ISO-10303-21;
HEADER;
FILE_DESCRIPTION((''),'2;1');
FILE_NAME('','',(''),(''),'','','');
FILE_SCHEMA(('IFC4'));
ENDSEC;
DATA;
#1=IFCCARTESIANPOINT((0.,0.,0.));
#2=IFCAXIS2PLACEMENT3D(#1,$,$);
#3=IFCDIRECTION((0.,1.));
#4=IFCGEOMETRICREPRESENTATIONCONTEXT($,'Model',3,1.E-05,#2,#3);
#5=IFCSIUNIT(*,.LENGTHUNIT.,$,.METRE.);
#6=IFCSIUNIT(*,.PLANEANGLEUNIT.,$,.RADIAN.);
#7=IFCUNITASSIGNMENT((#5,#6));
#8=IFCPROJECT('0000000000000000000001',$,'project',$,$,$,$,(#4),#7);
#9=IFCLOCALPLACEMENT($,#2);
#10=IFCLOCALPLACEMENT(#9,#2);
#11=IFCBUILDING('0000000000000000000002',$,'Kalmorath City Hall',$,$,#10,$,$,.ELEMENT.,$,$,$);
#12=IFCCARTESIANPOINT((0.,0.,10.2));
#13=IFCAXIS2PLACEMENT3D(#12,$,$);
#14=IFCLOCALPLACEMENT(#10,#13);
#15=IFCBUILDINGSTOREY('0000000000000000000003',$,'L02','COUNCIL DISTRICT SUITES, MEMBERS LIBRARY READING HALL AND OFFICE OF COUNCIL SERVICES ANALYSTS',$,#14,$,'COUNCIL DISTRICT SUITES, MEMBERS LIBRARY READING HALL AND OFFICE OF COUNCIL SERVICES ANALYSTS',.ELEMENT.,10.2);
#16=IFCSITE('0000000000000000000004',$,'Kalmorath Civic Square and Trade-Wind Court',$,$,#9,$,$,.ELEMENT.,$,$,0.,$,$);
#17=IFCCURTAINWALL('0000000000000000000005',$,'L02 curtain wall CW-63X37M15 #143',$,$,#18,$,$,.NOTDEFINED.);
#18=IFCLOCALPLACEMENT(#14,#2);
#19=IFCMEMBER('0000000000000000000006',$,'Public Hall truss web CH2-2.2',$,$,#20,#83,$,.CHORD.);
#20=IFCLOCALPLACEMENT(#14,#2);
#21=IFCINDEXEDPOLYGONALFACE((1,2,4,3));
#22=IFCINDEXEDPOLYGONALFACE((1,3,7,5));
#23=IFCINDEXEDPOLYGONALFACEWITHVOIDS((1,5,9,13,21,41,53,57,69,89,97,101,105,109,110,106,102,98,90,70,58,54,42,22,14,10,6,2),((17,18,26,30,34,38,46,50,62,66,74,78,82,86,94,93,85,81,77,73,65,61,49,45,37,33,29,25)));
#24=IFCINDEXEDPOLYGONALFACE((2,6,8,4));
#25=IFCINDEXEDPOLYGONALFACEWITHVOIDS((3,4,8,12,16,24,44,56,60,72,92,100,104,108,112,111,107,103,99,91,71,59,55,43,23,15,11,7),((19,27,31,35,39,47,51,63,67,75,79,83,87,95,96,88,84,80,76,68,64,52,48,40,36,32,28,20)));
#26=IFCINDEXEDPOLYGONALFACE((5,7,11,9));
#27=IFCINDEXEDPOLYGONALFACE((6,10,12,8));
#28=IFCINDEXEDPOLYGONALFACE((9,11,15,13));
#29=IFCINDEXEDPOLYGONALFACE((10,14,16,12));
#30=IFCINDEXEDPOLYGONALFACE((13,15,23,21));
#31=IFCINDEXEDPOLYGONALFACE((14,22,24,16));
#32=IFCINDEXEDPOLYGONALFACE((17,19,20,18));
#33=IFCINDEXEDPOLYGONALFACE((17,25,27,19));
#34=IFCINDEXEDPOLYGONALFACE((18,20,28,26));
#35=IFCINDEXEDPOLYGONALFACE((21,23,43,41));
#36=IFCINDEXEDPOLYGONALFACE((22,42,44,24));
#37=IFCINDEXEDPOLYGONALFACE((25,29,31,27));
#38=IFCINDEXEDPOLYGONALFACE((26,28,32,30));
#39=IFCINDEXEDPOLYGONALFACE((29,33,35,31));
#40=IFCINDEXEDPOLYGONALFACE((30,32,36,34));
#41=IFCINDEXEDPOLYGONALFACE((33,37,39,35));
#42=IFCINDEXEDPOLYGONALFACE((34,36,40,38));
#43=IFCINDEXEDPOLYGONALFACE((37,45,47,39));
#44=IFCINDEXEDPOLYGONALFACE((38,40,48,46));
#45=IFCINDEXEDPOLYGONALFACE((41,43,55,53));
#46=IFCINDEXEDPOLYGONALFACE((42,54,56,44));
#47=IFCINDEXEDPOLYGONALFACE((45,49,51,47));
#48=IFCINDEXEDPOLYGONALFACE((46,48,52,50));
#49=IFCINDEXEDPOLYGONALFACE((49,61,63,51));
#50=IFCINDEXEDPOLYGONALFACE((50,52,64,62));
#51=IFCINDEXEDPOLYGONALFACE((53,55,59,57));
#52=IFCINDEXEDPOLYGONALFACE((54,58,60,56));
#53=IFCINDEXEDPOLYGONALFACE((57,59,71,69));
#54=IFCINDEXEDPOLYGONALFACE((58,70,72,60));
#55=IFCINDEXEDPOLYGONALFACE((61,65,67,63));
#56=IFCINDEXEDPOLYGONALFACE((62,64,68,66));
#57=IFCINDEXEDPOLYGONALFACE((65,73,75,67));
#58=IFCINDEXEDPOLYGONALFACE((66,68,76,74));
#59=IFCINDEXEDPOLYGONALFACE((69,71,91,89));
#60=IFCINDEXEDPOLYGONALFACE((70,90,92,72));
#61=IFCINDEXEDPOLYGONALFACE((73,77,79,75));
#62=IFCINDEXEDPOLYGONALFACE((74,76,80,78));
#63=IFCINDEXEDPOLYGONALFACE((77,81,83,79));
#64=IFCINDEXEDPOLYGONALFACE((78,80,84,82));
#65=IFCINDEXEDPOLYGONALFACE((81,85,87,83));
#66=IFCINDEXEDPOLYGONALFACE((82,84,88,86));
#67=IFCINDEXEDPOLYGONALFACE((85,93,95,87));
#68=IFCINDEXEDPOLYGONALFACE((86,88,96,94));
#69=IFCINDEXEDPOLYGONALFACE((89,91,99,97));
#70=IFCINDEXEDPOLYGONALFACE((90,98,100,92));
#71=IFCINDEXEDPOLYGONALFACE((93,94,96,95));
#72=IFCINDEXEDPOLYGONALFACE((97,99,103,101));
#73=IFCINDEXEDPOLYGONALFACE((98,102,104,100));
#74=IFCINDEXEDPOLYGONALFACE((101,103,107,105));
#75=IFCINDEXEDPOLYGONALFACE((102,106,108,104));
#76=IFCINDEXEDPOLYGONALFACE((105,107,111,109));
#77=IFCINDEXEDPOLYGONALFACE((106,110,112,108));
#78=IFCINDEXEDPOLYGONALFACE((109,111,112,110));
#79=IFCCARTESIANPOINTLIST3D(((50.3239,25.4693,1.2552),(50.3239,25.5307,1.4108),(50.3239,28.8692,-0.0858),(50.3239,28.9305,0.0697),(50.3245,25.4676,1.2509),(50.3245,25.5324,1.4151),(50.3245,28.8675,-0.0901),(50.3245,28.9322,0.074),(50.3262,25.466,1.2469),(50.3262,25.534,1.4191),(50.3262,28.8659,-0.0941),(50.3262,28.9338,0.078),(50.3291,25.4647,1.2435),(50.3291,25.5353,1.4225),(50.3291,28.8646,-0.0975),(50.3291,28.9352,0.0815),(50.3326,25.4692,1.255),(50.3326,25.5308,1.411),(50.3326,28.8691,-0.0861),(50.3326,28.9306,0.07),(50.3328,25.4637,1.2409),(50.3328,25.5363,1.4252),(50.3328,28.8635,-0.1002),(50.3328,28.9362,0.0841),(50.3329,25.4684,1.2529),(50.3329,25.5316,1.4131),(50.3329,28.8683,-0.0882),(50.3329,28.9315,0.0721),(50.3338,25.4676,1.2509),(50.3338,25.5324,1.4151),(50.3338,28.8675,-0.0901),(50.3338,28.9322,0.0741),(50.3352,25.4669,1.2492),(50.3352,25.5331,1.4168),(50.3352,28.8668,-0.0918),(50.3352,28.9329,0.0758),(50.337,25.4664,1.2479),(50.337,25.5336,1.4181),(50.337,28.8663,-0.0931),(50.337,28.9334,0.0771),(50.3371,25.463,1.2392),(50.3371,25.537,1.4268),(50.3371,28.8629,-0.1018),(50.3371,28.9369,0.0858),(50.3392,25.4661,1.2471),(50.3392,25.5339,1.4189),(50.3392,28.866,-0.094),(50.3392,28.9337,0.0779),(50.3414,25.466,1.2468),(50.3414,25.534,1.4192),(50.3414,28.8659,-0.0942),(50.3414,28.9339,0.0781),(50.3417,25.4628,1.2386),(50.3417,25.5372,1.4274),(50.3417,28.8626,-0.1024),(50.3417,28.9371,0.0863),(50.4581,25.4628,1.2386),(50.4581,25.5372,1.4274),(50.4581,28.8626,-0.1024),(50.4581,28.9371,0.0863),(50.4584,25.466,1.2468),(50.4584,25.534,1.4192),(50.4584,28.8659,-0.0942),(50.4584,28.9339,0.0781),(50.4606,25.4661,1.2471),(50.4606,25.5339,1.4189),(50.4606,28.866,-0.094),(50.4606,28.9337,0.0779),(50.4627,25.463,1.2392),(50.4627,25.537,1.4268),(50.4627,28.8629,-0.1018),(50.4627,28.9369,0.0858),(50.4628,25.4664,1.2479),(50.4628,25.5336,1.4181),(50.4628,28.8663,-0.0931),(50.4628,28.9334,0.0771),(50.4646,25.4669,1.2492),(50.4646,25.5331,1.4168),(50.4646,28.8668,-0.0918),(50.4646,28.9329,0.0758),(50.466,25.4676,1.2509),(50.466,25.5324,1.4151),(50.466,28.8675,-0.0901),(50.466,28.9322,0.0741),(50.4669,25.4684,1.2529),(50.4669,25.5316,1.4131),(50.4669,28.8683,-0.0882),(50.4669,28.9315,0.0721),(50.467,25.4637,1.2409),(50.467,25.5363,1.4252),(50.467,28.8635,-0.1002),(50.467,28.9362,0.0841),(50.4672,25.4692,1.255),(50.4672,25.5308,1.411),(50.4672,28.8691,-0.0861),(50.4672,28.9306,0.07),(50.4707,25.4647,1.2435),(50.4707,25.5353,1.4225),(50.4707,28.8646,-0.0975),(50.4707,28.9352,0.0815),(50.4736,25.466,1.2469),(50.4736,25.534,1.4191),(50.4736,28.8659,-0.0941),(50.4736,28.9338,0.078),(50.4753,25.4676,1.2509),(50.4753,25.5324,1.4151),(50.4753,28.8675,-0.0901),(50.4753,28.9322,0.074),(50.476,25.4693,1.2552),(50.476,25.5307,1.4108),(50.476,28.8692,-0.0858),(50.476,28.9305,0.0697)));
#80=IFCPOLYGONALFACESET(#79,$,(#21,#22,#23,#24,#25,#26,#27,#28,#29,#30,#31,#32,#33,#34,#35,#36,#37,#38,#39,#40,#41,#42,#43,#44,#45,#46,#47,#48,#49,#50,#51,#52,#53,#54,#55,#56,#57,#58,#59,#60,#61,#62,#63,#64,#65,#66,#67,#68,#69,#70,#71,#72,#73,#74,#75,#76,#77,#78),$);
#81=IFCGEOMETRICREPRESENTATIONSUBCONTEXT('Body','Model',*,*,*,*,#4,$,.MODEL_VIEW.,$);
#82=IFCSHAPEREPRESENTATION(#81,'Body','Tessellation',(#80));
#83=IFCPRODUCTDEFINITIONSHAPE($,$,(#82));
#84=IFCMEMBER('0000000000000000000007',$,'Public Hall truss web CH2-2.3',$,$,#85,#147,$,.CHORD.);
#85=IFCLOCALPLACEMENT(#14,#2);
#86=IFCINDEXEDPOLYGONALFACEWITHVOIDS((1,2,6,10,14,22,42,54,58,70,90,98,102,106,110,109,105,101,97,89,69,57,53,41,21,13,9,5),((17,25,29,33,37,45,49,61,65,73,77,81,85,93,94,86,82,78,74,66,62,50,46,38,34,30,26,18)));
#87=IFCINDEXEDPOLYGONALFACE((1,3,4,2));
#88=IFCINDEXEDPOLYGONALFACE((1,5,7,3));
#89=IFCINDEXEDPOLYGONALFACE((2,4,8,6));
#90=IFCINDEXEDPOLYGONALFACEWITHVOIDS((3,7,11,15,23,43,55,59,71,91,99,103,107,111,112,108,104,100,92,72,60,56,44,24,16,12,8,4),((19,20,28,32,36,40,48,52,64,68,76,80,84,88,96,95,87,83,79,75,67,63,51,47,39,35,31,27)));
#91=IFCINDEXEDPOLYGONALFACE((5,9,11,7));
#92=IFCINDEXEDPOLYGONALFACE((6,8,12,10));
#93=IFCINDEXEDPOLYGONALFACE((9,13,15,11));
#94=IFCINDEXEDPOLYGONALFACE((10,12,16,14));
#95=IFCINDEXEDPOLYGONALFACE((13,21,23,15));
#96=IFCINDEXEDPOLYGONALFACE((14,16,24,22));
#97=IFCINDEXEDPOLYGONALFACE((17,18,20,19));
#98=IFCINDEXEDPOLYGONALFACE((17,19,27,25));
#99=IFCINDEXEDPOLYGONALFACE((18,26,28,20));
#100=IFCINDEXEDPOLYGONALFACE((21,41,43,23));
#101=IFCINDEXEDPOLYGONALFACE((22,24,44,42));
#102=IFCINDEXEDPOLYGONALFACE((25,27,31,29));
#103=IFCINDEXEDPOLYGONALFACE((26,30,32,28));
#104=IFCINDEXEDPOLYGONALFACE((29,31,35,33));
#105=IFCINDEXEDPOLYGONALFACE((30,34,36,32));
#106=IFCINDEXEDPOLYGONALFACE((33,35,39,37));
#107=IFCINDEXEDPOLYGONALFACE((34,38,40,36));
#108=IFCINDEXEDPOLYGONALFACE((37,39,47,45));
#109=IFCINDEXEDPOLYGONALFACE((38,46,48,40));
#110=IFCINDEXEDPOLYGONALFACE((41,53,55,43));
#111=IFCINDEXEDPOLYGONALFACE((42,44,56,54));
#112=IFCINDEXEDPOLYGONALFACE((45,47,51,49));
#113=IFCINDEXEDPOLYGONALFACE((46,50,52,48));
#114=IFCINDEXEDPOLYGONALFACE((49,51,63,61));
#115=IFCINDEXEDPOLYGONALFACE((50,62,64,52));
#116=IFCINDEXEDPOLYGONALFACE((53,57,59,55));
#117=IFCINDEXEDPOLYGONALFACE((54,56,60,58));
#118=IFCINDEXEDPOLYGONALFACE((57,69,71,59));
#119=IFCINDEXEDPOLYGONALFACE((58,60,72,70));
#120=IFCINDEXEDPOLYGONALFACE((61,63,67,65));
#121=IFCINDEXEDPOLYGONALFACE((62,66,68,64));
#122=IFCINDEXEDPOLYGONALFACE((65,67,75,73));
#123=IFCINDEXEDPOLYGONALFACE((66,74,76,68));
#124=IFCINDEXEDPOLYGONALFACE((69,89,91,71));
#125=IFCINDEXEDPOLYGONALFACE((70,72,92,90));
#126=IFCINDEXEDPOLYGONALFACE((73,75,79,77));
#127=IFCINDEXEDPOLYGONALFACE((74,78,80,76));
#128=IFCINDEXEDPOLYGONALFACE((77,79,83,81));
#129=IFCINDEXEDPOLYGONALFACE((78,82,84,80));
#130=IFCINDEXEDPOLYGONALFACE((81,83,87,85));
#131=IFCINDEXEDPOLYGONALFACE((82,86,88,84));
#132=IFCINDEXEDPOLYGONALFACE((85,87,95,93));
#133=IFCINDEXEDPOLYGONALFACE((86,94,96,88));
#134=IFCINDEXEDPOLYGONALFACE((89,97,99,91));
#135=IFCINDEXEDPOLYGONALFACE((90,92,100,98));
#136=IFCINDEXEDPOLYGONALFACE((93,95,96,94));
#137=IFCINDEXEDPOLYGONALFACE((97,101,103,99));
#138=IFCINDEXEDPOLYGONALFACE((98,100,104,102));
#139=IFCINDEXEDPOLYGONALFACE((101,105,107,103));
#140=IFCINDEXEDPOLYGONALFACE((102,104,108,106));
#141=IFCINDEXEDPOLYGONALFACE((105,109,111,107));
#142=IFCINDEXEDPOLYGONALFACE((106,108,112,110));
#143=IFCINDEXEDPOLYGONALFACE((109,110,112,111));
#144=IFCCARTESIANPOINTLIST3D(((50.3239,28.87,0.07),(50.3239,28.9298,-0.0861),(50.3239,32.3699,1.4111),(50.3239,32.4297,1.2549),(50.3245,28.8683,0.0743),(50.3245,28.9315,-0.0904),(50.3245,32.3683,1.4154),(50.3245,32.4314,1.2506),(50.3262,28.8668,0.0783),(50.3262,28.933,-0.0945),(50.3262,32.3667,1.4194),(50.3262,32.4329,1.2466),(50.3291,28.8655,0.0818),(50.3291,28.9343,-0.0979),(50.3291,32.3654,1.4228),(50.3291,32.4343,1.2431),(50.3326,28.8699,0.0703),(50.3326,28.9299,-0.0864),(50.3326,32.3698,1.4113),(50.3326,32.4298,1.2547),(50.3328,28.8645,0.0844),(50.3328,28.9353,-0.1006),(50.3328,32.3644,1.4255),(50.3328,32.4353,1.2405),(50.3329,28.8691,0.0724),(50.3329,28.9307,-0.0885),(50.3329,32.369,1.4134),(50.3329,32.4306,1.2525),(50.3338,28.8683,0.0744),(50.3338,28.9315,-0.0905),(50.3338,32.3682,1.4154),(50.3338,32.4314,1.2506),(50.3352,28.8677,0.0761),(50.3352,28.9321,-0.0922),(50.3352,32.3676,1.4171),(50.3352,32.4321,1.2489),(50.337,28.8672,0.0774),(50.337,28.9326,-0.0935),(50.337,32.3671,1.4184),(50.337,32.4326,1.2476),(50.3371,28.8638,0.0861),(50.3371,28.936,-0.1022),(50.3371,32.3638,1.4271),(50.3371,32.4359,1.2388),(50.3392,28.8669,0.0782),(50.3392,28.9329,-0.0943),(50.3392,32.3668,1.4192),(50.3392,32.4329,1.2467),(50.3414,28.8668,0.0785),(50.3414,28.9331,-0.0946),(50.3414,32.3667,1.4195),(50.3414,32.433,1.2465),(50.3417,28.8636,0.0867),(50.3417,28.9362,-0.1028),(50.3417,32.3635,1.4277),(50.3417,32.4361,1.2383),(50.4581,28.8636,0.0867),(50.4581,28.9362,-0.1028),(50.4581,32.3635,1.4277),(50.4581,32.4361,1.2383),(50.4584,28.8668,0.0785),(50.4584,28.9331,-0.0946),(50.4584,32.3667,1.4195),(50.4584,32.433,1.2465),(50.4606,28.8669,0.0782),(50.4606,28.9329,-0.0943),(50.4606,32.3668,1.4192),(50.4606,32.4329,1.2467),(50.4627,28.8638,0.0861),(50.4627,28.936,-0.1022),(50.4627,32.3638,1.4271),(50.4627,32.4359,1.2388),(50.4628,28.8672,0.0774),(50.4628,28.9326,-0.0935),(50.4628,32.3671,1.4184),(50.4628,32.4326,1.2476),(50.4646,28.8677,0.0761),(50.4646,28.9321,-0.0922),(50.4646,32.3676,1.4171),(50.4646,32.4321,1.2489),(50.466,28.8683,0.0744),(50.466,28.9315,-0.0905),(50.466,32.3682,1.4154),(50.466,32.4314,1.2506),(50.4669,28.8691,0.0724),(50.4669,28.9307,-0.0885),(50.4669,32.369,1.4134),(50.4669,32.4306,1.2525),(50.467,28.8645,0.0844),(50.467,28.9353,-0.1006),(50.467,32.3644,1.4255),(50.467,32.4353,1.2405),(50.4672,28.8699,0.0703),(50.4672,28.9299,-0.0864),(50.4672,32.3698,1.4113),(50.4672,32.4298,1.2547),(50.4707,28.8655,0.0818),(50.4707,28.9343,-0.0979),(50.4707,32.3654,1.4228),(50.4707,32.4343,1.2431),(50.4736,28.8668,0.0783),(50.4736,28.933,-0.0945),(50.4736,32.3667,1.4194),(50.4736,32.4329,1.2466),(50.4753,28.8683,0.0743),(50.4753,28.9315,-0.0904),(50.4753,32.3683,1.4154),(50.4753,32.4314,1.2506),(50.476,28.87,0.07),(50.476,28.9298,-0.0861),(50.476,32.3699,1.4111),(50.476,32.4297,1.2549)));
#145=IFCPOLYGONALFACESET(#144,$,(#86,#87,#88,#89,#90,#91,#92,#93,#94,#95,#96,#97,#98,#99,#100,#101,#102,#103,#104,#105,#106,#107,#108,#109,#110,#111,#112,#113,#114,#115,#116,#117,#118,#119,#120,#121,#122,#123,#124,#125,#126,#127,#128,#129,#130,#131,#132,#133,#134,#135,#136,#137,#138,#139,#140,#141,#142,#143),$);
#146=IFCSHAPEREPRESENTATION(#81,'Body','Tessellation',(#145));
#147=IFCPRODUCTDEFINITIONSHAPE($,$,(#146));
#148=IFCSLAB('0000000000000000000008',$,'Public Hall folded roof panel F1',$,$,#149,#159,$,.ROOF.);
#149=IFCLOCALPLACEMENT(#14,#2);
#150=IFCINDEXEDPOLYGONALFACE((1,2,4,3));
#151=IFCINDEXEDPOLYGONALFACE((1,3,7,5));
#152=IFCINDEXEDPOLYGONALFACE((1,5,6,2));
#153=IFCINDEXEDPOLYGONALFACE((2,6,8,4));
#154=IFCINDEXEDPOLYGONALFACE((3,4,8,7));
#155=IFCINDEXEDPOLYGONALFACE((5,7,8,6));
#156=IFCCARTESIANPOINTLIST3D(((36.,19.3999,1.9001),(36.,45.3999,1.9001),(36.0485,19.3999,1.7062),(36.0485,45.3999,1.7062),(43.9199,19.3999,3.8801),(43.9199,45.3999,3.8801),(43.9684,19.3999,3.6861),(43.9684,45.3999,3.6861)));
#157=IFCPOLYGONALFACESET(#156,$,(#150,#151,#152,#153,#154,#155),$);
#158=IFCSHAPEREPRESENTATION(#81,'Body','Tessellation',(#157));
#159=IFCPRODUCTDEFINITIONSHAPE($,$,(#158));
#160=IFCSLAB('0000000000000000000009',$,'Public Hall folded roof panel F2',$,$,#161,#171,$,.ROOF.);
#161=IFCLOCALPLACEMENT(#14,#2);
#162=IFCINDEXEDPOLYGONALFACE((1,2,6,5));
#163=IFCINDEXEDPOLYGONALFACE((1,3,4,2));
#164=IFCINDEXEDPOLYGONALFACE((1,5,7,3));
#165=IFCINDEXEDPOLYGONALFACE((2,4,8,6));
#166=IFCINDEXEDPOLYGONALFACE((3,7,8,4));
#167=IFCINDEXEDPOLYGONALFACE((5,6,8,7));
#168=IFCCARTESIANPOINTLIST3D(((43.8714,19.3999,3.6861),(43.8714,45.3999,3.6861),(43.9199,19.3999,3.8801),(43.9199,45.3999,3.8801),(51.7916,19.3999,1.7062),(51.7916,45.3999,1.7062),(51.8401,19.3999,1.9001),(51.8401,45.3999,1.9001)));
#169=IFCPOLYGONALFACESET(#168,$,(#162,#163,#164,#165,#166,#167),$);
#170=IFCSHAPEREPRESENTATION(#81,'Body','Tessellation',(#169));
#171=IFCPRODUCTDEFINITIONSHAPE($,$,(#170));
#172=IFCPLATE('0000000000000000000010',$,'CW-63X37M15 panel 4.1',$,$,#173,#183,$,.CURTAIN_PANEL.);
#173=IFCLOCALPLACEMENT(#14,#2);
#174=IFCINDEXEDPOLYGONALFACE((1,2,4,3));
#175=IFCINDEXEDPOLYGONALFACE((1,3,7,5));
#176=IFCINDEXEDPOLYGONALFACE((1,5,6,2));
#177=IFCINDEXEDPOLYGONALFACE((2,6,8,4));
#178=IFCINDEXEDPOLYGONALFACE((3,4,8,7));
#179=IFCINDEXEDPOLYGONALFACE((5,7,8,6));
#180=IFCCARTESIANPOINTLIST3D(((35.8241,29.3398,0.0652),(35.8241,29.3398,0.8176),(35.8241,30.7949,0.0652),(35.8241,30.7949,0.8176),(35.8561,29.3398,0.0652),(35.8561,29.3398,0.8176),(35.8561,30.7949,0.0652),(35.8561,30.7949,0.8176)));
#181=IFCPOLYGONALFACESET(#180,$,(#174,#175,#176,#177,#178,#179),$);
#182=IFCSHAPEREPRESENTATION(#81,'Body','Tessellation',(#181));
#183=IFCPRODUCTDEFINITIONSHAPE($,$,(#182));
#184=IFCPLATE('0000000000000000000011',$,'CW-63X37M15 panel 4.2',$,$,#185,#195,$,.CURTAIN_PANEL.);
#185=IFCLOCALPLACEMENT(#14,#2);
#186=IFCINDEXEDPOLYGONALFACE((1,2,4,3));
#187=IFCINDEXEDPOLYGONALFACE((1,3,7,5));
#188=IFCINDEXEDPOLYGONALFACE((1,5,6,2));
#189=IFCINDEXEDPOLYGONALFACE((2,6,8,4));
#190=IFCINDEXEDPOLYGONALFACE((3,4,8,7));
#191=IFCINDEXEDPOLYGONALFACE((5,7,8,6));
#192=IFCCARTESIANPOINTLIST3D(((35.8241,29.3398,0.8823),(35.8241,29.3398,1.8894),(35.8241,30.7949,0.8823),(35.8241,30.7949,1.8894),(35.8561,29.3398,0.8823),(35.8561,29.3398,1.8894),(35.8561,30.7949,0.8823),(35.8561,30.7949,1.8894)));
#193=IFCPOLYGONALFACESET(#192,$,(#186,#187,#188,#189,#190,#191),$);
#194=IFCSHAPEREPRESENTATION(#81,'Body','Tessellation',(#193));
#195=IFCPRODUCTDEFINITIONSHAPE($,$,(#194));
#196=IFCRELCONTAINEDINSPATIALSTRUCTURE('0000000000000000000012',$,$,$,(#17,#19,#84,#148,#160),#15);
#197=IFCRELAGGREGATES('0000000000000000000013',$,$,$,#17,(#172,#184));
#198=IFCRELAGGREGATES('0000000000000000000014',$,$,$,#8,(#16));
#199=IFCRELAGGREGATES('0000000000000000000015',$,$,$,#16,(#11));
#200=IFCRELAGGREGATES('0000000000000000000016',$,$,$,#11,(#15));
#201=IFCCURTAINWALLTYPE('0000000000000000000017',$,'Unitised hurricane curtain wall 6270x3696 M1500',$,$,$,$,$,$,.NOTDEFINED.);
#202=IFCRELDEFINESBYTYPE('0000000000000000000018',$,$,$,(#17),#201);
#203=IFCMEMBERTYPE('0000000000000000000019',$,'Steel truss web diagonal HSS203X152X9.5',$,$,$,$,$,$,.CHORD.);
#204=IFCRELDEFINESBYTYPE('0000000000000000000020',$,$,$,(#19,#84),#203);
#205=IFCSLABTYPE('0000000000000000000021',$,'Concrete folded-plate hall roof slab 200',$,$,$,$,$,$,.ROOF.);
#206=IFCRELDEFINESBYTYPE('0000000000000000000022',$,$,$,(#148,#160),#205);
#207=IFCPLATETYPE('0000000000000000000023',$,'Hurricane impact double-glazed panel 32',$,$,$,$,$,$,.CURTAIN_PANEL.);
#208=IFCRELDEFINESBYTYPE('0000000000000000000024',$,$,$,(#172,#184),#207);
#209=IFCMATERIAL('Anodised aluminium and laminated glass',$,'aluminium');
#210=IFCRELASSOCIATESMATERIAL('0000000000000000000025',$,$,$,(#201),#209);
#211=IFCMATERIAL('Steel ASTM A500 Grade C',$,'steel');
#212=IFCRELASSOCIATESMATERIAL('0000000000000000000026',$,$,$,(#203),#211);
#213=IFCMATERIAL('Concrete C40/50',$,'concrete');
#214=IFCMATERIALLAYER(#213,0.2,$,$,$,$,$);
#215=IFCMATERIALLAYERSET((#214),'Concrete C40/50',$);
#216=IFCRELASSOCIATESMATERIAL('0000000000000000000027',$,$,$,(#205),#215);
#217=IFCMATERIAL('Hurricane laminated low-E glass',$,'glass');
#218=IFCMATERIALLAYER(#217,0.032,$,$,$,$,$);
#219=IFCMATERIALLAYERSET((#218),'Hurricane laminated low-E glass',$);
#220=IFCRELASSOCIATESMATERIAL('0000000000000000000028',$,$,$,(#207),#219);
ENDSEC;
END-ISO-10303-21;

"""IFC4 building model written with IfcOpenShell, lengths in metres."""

from ifc_helpers import new_model, si_unit, direction, frame, origin, origin_2d, place, context, subcontext, project, spatial, polyline, rectangle, hollow_rectangle, outline, extrude, material, layer, layer_set, material_profile, profile_set, type_object, element, aggregate, save


model = new_model("IFC4")

# Units and contexts
model_context = context("Model", 3, precision=1e-05, world=origin(), true_north=direction((0.0, 1.0)))
body_context = subcontext(model_context, "Body", "Model", "MODEL_VIEW")
ifc_project = project(units=[si_unit("LENGTHUNIT", "METRE"), si_unit("PLANEANGLEUNIT", "RADIAN")], contexts=[model_context])

# Site, building, storey
site_placement = place(None, origin())
site = spatial("IfcSite", under=ifc_project, at=site_placement, Name="Kalmorath Civic Square and Trade-Wind Court", CompositionType="ELEMENT", RefElevation=0.0)
building_placement = place(site_placement, origin())
building = spatial("IfcBuilding", under=site, at=building_placement, Name="Kalmorath City Hall", CompositionType="ELEMENT")
storey_placement = place(building_placement, frame((0.0, 0.0, 10.2)))
storey = spatial("IfcBuildingStorey", under=building, at=storey_placement, Name="L02", Description="COUNCIL DISTRICT SUITES, MEMBERS LIBRARY READING HALL AND OFFICE OF COUNCIL SERVICES ANALYSTS", LongName="COUNCIL DISTRICT SUITES, MEMBERS LIBRARY READING HALL AND OFFICE OF COUNCIL SERVICES ANALYSTS", CompositionType="ELEMENT", Elevation=10.2)

# Curtain wall
ifc_material_1 = material(Name="Anodised aluminium and laminated glass", Category="aluminium")
curtain_wall_type_1 = type_object("IfcCurtainWallType", Name="Unitised hurricane curtain wall 6270x3696 M1500", PredefinedType="NOTDEFINED", material=ifc_material_1)
curtain_wall_1_placement = place(storey_placement, origin())
curtain_wall_1 = element("IfcCurtainWall", 1, at=curtain_wall_1_placement, inside=storey, type_object=curtain_wall_type_1, Name="L02 curtain wall CW-63X37M15 #143", PredefinedType="NOTDEFINED")

# Members
ifc_material_2 = material(Name="Steel ASTM A500 Grade C", Category="steel")
ifc_material_profile_1 = material_profile(ifc_material_2, hollow_rectangle(XDim=0.1521, YDim=0.2029, WallThickness=0.0088, InnerFilletRadius=0.0088, OuterFilletRadius=0.0178, at=origin_2d()), Name="HSS203X152X9.5")
ifc_profile_set_1 = profile_set([ifc_material_profile_1], Name="Steel ASTM A500 Grade C")
member_type_1 = type_object("IfcMemberType", Name="Steel truss web diagonal HSS203X152X9.5", PredefinedType="CHORD", material=ifc_profile_set_1)
member_1_placement = place(storey_placement, frame((50.3999, 25.5, 1.333), z_axis=(0.0, 0.930249, -0.366929), x_axis=(-1.0, 0.0, 0.0)))
element("IfcMember", 2, at=member_1_placement, inside=storey, type_object=member_type_1, Name="Public Hall truss web CH2-2.2", PredefinedType="CHORD", context=body_context, shape_type="SweptSolid", body=[
    extrude(hollow_rectangle(XDim=0.1521, YDim=0.2029, WallThickness=0.0088, InnerFilletRadius=0.0088, OuterFilletRadius=0.0178, at=origin_2d()), origin(), (0.0, 0.0, 1.0), 3.6548),
])
member_2_placement = place(storey_placement, frame((50.3999, 28.8999, -0.0081), z_axis=(0.0, 0.9338, 0.357796), x_axis=(-1.0, 0.0, 0.0)))
element("IfcMember", 3, at=member_2_placement, inside=storey, type_object=member_type_1, Name="Public Hall truss web CH2-2.3", PredefinedType="CHORD", context=body_context, shape_type="SweptSolid", body=[
    extrude(hollow_rectangle(XDim=0.1521, YDim=0.2029, WallThickness=0.0088, InnerFilletRadius=0.0088, OuterFilletRadius=0.0178, at=origin_2d()), origin(), (0.0, 0.0, 1.0), 3.748),
])

# Slabs
ifc_material_3 = material(Name="Concrete C40/50", Category="concrete")
ifc_layer_1 = layer(ifc_material_3, 0.2)
ifc_layer_set_1 = layer_set([ifc_layer_1], Name="Concrete C40/50")
slab_type = type_object("IfcSlabType", Name="Concrete folded-plate hall roof slab 200", PredefinedType="ROOF", material=ifc_layer_set_1)
slab_1_placement = place(storey_placement, frame((36.0, 19.3999, 1.9001), z_axis=(-0.242536, 0.0, 0.970143), x_axis=(0.970143, 0.0, 0.242536)))
element("IfcSlab", 4, at=slab_1_placement, inside=storey, type_object=slab_type, Name="Public Hall folded roof panel F1", PredefinedType="ROOF", context=body_context, shape_type="SweptSolid", body=[
    extrude(outline(polyline([(0.0, 0.0), (8.1637, 0.0), (8.1637, 26.0), (0.0, 26.0), (0.0, 0.0)])), origin(), (0.0, 0.0, -1.0), 0.2),
])
slab_2_placement = place(storey_placement, frame((43.9199, 19.3999, 3.8801), z_axis=(0.242529, 0.0, 0.970144), x_axis=(0.970144, 0.0, -0.242529)))
element("IfcSlab", 5, at=slab_2_placement, inside=storey, type_object=slab_type, Name="Public Hall folded roof panel F2", PredefinedType="ROOF", context=body_context, shape_type="SweptSolid", body=[
    extrude(outline(polyline([(0.0, 0.0), (8.1639, 0.0), (8.1639, 26.0), (0.0, 26.0), (0.0, 0.0)])), origin(), (0.0, 0.0, -1.0), 0.2),
])

# Plates
ifc_material_4 = material(Name="Hurricane laminated low-E glass", Category="glass")
ifc_layer_2 = layer(ifc_material_4, 0.032)
ifc_layer_set_2 = layer_set([ifc_layer_2], Name="Hurricane laminated low-E glass")
plate_type_1 = type_object("IfcPlateType", Name="Hurricane impact double-glazed panel 32", PredefinedType="CURTAIN_PANEL", material=ifc_layer_set_2)
plate_1_placement = place(storey_placement, frame((35.8401, 30.0674, 0.0652), z_axis=(0.0, 0.0, 1.0), x_axis=(0.0, -1.0, 0.0)))
plate_1 = element("IfcPlate", 6, at=plate_1_placement, type_object=plate_type_1, Name="CW-63X37M15 panel 4.1", PredefinedType="CURTAIN_PANEL", context=body_context, shape_type="SweptSolid", body=[
    extrude(rectangle(XDim=1.4551, YDim=0.032, at=origin_2d()), origin(), (0.0, 0.0, 1.0), 0.7524),
])
plate_2_placement = place(storey_placement, frame((35.8401, 30.0674, 0.8823), z_axis=(0.0, 0.0, 1.0), x_axis=(0.0, -1.0, 0.0)))
plate_2 = element("IfcPlate", 7, at=plate_2_placement, type_object=plate_type_1, Name="CW-63X37M15 panel 4.2", PredefinedType="CURTAIN_PANEL", context=body_context, shape_type="SweptSolid", body=[
    extrude(rectangle(XDim=1.4551, YDim=0.032, at=origin_2d()), origin(), (0.0, 0.0, 1.0), 1.0071),
])
aggregate(curtain_wall_1, [plate_1, plate_2])

save(model, "model.ifc")
